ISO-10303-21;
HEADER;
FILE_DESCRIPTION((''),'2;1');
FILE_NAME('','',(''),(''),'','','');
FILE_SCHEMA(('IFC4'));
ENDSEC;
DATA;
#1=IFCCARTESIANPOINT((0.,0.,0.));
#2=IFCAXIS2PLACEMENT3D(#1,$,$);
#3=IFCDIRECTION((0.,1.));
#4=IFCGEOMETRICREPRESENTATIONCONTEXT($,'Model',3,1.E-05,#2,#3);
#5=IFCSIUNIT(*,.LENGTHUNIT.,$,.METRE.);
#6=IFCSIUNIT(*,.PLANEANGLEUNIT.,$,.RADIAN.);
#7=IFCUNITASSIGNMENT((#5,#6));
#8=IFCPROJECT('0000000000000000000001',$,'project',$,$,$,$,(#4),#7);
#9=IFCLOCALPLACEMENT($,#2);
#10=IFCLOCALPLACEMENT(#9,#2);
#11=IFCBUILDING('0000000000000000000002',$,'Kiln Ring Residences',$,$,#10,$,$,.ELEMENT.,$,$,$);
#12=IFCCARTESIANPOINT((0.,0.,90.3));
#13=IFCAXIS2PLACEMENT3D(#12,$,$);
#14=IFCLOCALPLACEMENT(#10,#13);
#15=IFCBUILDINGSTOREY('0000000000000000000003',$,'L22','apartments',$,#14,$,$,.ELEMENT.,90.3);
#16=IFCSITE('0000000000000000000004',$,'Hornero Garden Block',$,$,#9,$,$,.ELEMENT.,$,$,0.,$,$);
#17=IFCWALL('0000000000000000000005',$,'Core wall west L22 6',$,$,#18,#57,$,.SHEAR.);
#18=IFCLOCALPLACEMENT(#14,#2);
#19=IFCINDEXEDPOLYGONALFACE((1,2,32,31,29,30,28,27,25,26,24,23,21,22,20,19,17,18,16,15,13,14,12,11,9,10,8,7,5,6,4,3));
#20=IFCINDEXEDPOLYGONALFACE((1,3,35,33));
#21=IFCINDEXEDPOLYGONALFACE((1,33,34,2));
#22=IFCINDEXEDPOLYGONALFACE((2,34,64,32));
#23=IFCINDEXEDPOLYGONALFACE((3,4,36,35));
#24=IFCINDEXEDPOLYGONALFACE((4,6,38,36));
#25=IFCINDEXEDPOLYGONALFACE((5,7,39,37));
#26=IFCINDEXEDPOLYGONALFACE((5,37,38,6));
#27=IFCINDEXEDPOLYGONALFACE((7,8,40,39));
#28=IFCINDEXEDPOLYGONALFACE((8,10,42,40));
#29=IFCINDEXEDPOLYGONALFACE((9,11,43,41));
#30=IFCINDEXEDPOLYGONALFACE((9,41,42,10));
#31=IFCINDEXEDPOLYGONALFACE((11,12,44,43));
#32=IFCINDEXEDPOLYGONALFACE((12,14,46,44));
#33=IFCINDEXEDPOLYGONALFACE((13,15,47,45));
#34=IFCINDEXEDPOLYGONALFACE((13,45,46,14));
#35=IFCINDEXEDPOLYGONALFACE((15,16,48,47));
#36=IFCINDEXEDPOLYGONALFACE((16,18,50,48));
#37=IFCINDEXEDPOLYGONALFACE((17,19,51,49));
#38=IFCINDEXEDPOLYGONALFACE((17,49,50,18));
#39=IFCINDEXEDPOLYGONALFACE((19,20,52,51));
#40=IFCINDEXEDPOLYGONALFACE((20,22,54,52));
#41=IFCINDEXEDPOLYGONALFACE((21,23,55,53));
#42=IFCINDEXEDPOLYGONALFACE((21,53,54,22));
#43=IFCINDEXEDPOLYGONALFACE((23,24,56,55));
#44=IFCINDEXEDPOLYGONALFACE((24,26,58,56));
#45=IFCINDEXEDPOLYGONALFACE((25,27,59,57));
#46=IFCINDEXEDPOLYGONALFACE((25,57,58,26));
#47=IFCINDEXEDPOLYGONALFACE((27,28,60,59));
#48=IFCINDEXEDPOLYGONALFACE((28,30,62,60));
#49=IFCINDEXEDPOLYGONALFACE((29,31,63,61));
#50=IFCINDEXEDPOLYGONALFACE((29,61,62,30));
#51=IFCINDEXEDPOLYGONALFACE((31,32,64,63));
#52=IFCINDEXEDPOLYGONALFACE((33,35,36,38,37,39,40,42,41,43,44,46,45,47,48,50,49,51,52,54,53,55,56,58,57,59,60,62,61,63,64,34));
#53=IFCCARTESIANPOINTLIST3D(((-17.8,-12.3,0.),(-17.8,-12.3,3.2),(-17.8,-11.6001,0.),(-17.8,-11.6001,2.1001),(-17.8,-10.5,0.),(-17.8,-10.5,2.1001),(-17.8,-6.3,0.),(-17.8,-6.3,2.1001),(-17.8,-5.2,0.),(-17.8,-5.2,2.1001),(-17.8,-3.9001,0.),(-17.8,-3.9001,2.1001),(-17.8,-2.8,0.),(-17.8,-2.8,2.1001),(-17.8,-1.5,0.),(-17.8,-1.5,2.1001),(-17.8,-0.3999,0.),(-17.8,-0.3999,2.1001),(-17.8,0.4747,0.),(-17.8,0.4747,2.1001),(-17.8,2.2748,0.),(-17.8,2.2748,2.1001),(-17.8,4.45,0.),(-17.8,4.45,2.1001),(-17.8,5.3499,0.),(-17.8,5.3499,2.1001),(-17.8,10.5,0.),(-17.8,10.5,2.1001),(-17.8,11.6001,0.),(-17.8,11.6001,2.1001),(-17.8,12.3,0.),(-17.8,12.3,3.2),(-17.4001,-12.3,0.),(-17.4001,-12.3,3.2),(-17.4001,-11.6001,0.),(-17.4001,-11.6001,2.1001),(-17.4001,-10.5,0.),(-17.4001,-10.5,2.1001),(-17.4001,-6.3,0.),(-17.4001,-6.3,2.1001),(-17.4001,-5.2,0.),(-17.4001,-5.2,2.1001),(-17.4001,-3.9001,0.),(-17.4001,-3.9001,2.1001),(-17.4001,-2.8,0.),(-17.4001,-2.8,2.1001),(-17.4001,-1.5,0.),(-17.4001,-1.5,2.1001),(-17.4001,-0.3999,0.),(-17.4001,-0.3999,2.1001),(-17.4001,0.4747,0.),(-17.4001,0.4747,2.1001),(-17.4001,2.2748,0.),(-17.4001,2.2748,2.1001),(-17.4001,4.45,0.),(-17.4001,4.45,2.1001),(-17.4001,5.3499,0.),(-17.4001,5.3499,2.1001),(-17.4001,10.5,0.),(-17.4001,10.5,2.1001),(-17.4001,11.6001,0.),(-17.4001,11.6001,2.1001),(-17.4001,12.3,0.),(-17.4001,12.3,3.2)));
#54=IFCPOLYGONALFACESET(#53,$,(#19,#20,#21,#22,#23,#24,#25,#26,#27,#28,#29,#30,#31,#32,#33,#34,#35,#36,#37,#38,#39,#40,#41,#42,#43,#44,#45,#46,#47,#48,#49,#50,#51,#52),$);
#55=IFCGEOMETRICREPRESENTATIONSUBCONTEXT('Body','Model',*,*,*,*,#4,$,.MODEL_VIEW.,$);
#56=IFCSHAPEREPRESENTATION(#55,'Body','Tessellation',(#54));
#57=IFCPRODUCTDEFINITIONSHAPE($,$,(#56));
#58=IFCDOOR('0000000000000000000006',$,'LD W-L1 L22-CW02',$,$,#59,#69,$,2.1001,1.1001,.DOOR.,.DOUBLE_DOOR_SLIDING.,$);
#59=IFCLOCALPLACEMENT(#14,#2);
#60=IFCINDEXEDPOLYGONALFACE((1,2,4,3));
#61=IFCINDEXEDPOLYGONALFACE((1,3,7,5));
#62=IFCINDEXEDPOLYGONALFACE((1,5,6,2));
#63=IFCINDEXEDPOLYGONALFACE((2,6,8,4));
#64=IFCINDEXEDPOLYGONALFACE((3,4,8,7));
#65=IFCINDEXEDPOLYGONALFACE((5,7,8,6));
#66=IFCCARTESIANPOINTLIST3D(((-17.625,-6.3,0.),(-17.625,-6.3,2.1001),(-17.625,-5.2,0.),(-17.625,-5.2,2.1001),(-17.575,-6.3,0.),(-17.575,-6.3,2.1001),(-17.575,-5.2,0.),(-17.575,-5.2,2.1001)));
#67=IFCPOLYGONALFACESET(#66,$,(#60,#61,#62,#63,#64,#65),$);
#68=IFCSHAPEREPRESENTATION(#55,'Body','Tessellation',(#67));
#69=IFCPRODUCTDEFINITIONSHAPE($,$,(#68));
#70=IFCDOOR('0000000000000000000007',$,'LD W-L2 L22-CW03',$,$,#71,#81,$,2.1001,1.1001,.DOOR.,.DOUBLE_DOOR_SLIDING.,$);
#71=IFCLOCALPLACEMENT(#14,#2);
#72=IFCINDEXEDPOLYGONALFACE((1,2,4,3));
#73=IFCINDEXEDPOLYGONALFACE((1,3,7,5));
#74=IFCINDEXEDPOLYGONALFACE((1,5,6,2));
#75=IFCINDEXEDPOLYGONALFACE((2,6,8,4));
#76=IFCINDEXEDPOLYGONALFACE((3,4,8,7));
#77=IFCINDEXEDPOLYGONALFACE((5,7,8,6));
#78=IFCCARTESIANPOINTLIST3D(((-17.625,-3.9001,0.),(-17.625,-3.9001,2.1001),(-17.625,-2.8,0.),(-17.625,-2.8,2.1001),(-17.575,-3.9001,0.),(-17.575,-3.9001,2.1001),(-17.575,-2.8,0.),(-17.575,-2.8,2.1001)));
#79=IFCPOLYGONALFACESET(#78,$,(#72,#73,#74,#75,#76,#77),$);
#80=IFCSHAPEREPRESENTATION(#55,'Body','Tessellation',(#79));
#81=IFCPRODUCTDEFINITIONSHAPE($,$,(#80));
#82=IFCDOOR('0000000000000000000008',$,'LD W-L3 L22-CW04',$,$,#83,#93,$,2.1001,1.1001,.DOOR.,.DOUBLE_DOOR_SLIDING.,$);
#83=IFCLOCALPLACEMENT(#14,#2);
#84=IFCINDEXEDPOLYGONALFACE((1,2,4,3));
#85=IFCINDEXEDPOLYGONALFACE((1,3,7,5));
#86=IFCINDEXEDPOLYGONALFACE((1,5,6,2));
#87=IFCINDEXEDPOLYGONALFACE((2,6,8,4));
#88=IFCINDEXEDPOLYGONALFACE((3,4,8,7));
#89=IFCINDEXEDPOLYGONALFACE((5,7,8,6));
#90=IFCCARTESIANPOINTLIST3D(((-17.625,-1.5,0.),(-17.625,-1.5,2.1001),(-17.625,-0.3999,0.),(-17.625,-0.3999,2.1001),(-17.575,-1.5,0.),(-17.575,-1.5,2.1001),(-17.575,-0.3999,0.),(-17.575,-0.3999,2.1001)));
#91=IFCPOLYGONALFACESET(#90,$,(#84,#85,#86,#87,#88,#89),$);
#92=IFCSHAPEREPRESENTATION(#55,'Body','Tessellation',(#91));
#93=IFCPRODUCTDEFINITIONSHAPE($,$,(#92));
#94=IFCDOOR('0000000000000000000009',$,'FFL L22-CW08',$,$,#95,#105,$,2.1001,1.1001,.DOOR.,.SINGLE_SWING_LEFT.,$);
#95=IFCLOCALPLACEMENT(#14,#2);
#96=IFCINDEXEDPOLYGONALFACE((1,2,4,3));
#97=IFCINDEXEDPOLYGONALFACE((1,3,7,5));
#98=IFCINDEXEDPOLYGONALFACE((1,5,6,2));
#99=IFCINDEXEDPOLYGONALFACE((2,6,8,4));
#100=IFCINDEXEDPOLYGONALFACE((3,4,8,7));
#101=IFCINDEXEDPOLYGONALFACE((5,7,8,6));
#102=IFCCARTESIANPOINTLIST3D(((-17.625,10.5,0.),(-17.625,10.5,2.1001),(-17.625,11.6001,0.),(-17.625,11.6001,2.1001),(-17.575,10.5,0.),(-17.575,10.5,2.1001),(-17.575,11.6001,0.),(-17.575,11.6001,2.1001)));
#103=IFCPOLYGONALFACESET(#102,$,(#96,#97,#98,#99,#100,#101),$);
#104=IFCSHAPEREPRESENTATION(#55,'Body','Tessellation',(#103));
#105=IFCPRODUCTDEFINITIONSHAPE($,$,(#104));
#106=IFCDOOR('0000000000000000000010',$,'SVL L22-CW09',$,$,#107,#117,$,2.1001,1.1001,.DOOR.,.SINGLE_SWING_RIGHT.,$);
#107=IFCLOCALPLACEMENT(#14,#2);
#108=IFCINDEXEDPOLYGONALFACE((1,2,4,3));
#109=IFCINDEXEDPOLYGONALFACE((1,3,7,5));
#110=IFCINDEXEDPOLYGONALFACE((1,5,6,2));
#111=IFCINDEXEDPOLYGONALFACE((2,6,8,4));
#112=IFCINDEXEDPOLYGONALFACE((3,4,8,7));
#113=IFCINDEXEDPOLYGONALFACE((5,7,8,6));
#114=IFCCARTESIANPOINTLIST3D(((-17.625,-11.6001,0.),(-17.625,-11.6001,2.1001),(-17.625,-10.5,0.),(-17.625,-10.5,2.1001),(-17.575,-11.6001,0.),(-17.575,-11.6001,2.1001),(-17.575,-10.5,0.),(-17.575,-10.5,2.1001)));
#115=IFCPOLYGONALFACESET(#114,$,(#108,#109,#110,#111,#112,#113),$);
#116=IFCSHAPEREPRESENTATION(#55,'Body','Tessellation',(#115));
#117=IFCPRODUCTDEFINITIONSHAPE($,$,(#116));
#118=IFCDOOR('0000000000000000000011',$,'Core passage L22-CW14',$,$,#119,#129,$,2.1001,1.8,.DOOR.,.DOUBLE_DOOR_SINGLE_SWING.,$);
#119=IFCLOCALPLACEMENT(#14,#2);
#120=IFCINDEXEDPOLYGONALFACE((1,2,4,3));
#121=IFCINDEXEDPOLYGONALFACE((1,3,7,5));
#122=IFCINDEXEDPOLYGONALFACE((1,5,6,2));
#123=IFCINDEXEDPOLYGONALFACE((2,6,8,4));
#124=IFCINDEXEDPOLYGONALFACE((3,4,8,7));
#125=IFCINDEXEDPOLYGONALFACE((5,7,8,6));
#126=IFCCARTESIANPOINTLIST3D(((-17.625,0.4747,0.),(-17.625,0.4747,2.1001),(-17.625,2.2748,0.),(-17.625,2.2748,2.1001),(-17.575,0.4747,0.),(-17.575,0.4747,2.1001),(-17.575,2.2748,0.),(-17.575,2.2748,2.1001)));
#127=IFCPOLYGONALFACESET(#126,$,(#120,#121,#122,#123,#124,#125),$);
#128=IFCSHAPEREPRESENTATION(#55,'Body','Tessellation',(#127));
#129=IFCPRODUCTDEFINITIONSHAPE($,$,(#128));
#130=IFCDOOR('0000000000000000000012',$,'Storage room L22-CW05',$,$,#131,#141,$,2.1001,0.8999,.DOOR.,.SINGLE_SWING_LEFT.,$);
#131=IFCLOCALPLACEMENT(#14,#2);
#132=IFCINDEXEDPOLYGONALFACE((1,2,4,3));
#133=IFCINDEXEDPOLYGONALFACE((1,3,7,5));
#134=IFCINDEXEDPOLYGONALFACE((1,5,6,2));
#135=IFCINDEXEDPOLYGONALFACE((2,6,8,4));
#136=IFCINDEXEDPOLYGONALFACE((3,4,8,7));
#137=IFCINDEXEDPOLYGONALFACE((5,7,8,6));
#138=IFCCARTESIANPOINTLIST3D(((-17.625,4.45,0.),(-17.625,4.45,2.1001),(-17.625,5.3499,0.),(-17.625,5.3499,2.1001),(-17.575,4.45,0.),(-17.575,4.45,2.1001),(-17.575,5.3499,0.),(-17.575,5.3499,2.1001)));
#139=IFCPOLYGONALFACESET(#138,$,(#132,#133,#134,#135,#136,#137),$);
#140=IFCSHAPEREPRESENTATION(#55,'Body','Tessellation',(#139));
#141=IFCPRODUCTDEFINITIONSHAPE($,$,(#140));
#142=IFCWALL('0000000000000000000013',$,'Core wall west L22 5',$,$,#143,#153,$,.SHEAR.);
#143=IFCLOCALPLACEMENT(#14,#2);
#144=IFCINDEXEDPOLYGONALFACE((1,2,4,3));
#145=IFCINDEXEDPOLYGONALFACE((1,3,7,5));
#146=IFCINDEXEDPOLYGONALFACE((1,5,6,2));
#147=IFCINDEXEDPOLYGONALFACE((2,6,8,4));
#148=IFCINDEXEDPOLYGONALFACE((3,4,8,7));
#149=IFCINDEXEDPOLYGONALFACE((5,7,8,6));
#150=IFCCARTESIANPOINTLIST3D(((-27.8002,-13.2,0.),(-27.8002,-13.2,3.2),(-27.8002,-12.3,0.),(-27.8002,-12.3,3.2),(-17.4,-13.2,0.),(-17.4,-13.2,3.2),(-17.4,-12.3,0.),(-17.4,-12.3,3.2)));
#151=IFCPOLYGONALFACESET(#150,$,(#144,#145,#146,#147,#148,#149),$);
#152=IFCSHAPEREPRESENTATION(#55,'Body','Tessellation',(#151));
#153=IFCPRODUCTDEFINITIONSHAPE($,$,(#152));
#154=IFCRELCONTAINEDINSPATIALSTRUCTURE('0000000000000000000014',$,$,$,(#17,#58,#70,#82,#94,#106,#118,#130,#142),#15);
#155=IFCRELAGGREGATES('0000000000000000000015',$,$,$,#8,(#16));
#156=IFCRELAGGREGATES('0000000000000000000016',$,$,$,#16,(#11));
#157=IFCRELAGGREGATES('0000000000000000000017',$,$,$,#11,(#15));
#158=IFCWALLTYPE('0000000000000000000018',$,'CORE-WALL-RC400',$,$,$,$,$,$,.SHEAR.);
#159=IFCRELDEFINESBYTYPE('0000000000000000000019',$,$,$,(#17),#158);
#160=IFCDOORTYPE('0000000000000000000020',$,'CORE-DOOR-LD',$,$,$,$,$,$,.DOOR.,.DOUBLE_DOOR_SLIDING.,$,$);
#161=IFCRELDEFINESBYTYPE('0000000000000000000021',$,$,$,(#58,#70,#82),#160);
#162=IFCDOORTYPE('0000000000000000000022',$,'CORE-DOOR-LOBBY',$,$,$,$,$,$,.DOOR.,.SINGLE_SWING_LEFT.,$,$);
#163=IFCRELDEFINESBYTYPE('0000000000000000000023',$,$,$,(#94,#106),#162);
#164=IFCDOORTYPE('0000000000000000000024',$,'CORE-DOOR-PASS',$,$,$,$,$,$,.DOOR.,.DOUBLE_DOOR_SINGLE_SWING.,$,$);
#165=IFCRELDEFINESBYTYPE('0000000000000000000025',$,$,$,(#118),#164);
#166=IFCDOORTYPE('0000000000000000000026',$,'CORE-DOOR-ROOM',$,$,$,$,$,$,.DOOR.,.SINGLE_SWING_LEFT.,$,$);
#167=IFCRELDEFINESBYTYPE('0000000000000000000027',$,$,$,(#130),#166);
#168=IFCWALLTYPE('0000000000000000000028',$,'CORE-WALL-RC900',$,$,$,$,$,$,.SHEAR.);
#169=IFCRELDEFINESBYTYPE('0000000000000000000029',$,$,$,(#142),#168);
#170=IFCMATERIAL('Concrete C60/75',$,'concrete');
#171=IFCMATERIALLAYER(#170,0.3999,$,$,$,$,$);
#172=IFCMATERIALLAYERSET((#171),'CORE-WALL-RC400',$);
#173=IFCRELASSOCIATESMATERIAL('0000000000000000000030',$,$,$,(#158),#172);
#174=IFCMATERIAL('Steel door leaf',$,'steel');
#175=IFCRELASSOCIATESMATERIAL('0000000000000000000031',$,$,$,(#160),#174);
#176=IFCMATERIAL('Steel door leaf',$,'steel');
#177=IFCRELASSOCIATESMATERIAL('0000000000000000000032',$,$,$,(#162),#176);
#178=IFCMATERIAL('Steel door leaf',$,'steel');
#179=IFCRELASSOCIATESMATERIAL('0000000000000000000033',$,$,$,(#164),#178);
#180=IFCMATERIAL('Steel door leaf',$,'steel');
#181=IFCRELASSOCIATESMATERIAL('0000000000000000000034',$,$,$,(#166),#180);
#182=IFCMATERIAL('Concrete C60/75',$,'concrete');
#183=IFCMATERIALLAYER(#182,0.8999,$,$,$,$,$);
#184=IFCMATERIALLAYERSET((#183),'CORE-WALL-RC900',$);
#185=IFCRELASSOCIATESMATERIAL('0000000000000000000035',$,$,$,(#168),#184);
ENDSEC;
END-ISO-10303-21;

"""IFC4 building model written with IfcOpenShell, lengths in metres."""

from ifc_helpers import new_model, si_unit, direction, frame, frame_2d, origin, place, context, subcontext, project, spatial, rectangle, extrude, material, layer, layer_set, type_object, element, fill, save


model = new_model("IFC4")

# Units and contexts
model_context = context("Model", 3, precision=1e-05, world=origin(), true_north=direction((0.0, 1.0)))
body_context = subcontext(model_context, "Body", "Model", "MODEL_VIEW")
ifc_project = project(units=[si_unit("LENGTHUNIT", "METRE"), si_unit("PLANEANGLEUNIT", "RADIAN")], contexts=[model_context])

# Site, building, storey
site_placement = place(None, origin())
site = spatial("IfcSite", under=ifc_project, at=site_placement, Name="Hornero Garden Block", CompositionType="ELEMENT", RefElevation=0.0)
building_placement = place(site_placement, origin())
building = spatial("IfcBuilding", under=site, at=building_placement, Name="Kiln Ring Residences", CompositionType="ELEMENT")
storey_placement = place(building_placement, frame((0.0, 0.0, 90.3)))
storey = spatial("IfcBuildingStorey", under=building, at=storey_placement, Name="L22", Description="apartments", CompositionType="ELEMENT", Elevation=90.3)

# Wall, openings, doors
ifc_material_1 = material(Name="Concrete C60/75", Category="concrete")
ifc_layer_1 = layer(ifc_material_1, 0.3999)
ifc_layer_set_1 = layer_set([ifc_layer_1], Name="CORE-WALL-RC400")
wall_type_1 = type_object("IfcWallType", Name="CORE-WALL-RC400", PredefinedType="SHEAR", material=ifc_layer_set_1)
wall_1_placement = place(storey_placement, frame((-17.6001, -12.3, 0.0), z_axis=(0.0, 0.0, 1.0), x_axis=(0.0, 1.0, 0.0)))
wall_1 = element("IfcWall", 1, at=wall_1_placement, inside=storey, type_object=wall_type_1, Name="Core wall west L22 6", PredefinedType="SHEAR", context=body_context, shape_type="SweptSolid", body=[
    extrude(rectangle(XDim=24.6001, YDim=0.3999, at=frame_2d((12.3, 0.0))), origin(), (0.0, 0.0, 1.0), 3.2),
])
opening_1_placement = place(wall_1_placement, frame((6.0, 0.0, 0.0)))
opening_1 = element("IfcOpeningElement", 2, at=opening_1_placement, cuts=wall_1, PredefinedType="OPENING", context=body_context, shape_type="SweptSolid", body=[
    extrude(rectangle(XDim=1.1001, YDim=2.1001, at=frame_2d((0.55, 1.05))), frame((0.0, 0.21, 0.0), z_axis=(0.0, -1.0, 0.0), x_axis=(1.0, 0.0, 0.0)), (0.0, 0.0, 1.0), 0.4199),
])
opening_2_placement = place(wall_1_placement, frame((8.3999, 0.0, 0.0)))
opening_2 = element("IfcOpeningElement", 3, at=opening_2_placement, cuts=wall_1, PredefinedType="OPENING", context=body_context, shape_type="SweptSolid", body=[
    extrude(rectangle(XDim=1.1001, YDim=2.1001, at=frame_2d((0.55, 1.05))), frame((0.0, 0.21, 0.0), z_axis=(0.0, -1.0, 0.0), x_axis=(1.0, 0.0, 0.0)), (0.0, 0.0, 1.0), 0.4199),
])
opening_3_placement = place(wall_1_placement, frame((10.8, 0.0, 0.0)))
opening_3 = element("IfcOpeningElement", 4, at=opening_3_placement, cuts=wall_1, PredefinedType="OPENING", context=body_context, shape_type="SweptSolid", body=[
    extrude(rectangle(XDim=1.1001, YDim=2.1001, at=frame_2d((0.55, 1.05))), frame((0.0, 0.21, 0.0), z_axis=(0.0, -1.0, 0.0), x_axis=(1.0, 0.0, 0.0)), (0.0, 0.0, 1.0), 0.4199),
])
opening_4_placement = place(wall_1_placement, frame((16.75, 0.0, 0.0)))
opening_4 = element("IfcOpeningElement", 5, at=opening_4_placement, cuts=wall_1, PredefinedType="OPENING", context=body_context, shape_type="SweptSolid", body=[
    extrude(rectangle(XDim=0.8999, YDim=2.1001, at=frame_2d((0.45, 1.05))), frame((0.0, 0.21, 0.0), z_axis=(0.0, -1.0, 0.0), x_axis=(1.0, 0.0, 0.0)), (0.0, 0.0, 1.0), 0.4199),
])
opening_5_placement = place(wall_1_placement, frame((22.8, 0.0, 0.0)))
opening_5 = element("IfcOpeningElement", 6, at=opening_5_placement, cuts=wall_1, PredefinedType="OPENING", context=body_context, shape_type="SweptSolid", body=[
    extrude(rectangle(XDim=1.1001, YDim=2.1001, at=frame_2d((0.55, 1.05))), frame((0.0, 0.21, 0.0), z_axis=(0.0, -1.0, 0.0), x_axis=(1.0, 0.0, 0.0)), (0.0, 0.0, 1.0), 0.4199),
])
opening_6_placement = place(wall_1_placement, frame((0.7, 0.0, 0.0)))
opening_6 = element("IfcOpeningElement", 7, at=opening_6_placement, cuts=wall_1, PredefinedType="OPENING", context=body_context, shape_type="SweptSolid", body=[
    extrude(rectangle(XDim=1.1001, YDim=2.1001, at=frame_2d((0.55, 1.05))), frame((0.0, 0.21, 0.0), z_axis=(0.0, -1.0, 0.0), x_axis=(1.0, 0.0, 0.0)), (0.0, 0.0, 1.0), 0.4199),
])
opening_7_placement = place(wall_1_placement, frame((12.7749, 0.0, 0.0)))
opening_7 = element("IfcOpeningElement", 8, at=opening_7_placement, cuts=wall_1, PredefinedType="OPENING", context=body_context, shape_type="SweptSolid", body=[
    extrude(rectangle(XDim=1.8, YDim=2.1001, at=frame_2d((0.8999, 1.05))), frame((0.0, 0.21, 0.0), z_axis=(0.0, -1.0, 0.0), x_axis=(1.0, 0.0, 0.0)), (0.0, 0.0, 1.0), 0.4199),
])
ifc_material_2 = material(Name="Steel door leaf", Category="steel")
door_type_1 = type_object("IfcDoorType", Name="CORE-DOOR-LD", OperationType="DOUBLE_DOOR_SLIDING", PredefinedType="DOOR", material=ifc_material_2)
door_1_placement = place(opening_1_placement, origin())
door_1 = element("IfcDoor", 9, at=door_1_placement, inside=storey, type_object=door_type_1, Name="LD W-L1 L22-CW02", OperationType="DOUBLE_DOOR_SLIDING", OverallHeight=2.1001, OverallWidth=1.1001, PredefinedType="DOOR", context=body_context, shape_type="SweptSolid", body=[
    extrude(rectangle(XDim=1.1001, YDim=2.1001, at=frame_2d((0.55, 1.05))), frame((0.0, 0.0249, 0.0), z_axis=(0.0, -1.0, 0.0), x_axis=(1.0, 0.0, 0.0)), (0.0, 0.0, 1.0), 0.05),
])
fill(opening_1, door_1)
door_2_placement = place(opening_2_placement, origin())
door_2 = element("IfcDoor", 10, at=door_2_placement, inside=storey, type_object=door_type_1, Name="LD W-L2 L22-CW03", OperationType="DOUBLE_DOOR_SLIDING", OverallHeight=2.1001, OverallWidth=1.1001, PredefinedType="DOOR", context=body_context, shape_type="SweptSolid", body=[
    extrude(rectangle(XDim=1.1001, YDim=2.1001, at=frame_2d((0.55, 1.05))), frame((0.0, 0.0249, 0.0), z_axis=(0.0, -1.0, 0.0), x_axis=(1.0, 0.0, 0.0)), (0.0, 0.0, 1.0), 0.05),
])
fill(opening_2, door_2)
door_3_placement = place(opening_3_placement, origin())
door_3 = element("IfcDoor", 11, at=door_3_placement, inside=storey, type_object=door_type_1, Name="LD W-L3 L22-CW04", OperationType="DOUBLE_DOOR_SLIDING", OverallHeight=2.1001, OverallWidth=1.1001, PredefinedType="DOOR", context=body_context, shape_type="SweptSolid", body=[
    extrude(rectangle(XDim=1.1001, YDim=2.1001, at=frame_2d((0.55, 1.05))), frame((0.0, 0.0249, 0.0), z_axis=(0.0, -1.0, 0.0), x_axis=(1.0, 0.0, 0.0)), (0.0, 0.0, 1.0), 0.05),
])
fill(opening_3, door_3)
ifc_material_3 = material(Name="Steel door leaf", Category="steel")
door_type_2 = type_object("IfcDoorType", Name="CORE-DOOR-LOBBY", OperationType="SINGLE_SWING_LEFT", PredefinedType="DOOR", material=ifc_material_3)
door_4_placement = place(opening_5_placement, origin())
door_4 = element("IfcDoor", 12, at=door_4_placement, inside=storey, type_object=door_type_2, Name="FFL L22-CW08", OperationType="SINGLE_SWING_LEFT", OverallHeight=2.1001, OverallWidth=1.1001, PredefinedType="DOOR", context=body_context, shape_type="SweptSolid", body=[
    extrude(rectangle(XDim=1.1001, YDim=2.1001, at=frame_2d((0.55, 1.05))), frame((0.0, 0.0249, 0.0), z_axis=(0.0, -1.0, 0.0), x_axis=(1.0, 0.0, 0.0)), (0.0, 0.0, 1.0), 0.05),
])
fill(opening_5, door_4)
door_5_placement = place(opening_6_placement, origin())
door_5 = element("IfcDoor", 13, at=door_5_placement, inside=storey, type_object=door_type_2, Name="SVL L22-CW09", OperationType="SINGLE_SWING_RIGHT", OverallHeight=2.1001, OverallWidth=1.1001, PredefinedType="DOOR", context=body_context, shape_type="SweptSolid", body=[
    extrude(rectangle(XDim=1.1001, YDim=2.1001, at=frame_2d((0.55, 1.05))), frame((0.0, 0.0249, 0.0), z_axis=(0.0, -1.0, 0.0), x_axis=(1.0, 0.0, 0.0)), (0.0, 0.0, 1.0), 0.05),
])
fill(opening_6, door_5)
ifc_material_4 = material(Name="Steel door leaf", Category="steel")
door_type_3 = type_object("IfcDoorType", Name="CORE-DOOR-PASS", OperationType="DOUBLE_DOOR_SINGLE_SWING", PredefinedType="DOOR", material=ifc_material_4)
door_6_placement = place(opening_7_placement, origin())
door_6 = element("IfcDoor", 14, at=door_6_placement, inside=storey, type_object=door_type_3, Name="Core passage L22-CW14", OperationType="DOUBLE_DOOR_SINGLE_SWING", OverallHeight=2.1001, OverallWidth=1.8, PredefinedType="DOOR", context=body_context, shape_type="SweptSolid", body=[
    extrude(rectangle(XDim=1.8, YDim=2.1001, at=frame_2d((0.8999, 1.05))), frame((0.0, 0.0249, 0.0), z_axis=(0.0, -1.0, 0.0), x_axis=(1.0, 0.0, 0.0)), (0.0, 0.0, 1.0), 0.05),
])
fill(opening_7, door_6)
ifc_material_5 = material(Name="Steel door leaf", Category="steel")
door_type_4 = type_object("IfcDoorType", Name="CORE-DOOR-ROOM", OperationType="SINGLE_SWING_LEFT", PredefinedType="DOOR", material=ifc_material_5)
door_7_placement = place(opening_4_placement, origin())
door_7 = element("IfcDoor", 15, at=door_7_placement, inside=storey, type_object=door_type_4, Name="Storage room L22-CW05", OperationType="SINGLE_SWING_LEFT", OverallHeight=2.1001, OverallWidth=0.8999, PredefinedType="DOOR", context=body_context, shape_type="SweptSolid", body=[
    extrude(rectangle(XDim=0.8999, YDim=2.1001, at=frame_2d((0.45, 1.05))), frame((0.0, 0.0249, 0.0), z_axis=(0.0, -1.0, 0.0), x_axis=(1.0, 0.0, 0.0)), (0.0, 0.0, 1.0), 0.05),
])
fill(opening_4, door_7)

# Wall
ifc_material_6 = material(Name="Concrete C60/75", Category="concrete")
ifc_layer_2 = layer(ifc_material_6, 0.8999)
ifc_layer_set_2 = layer_set([ifc_layer_2], Name="CORE-WALL-RC900")
wall_type_2 = type_object("IfcWallType", Name="CORE-WALL-RC900", PredefinedType="SHEAR", material=ifc_layer_set_2)
wall_2_placement = place(storey_placement, frame((-17.3999, -12.75, 0.0), z_axis=(0.0, 0.0, 1.0), x_axis=(-1.0, 0.0, 0.0)))
element("IfcWall", 16, at=wall_2_placement, inside=storey, type_object=wall_type_2, Name="Core wall west L22 5", PredefinedType="SHEAR", context=body_context, shape_type="SweptSolid", body=[
    extrude(rectangle(XDim=10.4001, YDim=0.8999, at=frame_2d((5.2002, 0.0))), origin(), (0.0, 0.0, 1.0), 3.2),
])

save(model, "model.ifc")
